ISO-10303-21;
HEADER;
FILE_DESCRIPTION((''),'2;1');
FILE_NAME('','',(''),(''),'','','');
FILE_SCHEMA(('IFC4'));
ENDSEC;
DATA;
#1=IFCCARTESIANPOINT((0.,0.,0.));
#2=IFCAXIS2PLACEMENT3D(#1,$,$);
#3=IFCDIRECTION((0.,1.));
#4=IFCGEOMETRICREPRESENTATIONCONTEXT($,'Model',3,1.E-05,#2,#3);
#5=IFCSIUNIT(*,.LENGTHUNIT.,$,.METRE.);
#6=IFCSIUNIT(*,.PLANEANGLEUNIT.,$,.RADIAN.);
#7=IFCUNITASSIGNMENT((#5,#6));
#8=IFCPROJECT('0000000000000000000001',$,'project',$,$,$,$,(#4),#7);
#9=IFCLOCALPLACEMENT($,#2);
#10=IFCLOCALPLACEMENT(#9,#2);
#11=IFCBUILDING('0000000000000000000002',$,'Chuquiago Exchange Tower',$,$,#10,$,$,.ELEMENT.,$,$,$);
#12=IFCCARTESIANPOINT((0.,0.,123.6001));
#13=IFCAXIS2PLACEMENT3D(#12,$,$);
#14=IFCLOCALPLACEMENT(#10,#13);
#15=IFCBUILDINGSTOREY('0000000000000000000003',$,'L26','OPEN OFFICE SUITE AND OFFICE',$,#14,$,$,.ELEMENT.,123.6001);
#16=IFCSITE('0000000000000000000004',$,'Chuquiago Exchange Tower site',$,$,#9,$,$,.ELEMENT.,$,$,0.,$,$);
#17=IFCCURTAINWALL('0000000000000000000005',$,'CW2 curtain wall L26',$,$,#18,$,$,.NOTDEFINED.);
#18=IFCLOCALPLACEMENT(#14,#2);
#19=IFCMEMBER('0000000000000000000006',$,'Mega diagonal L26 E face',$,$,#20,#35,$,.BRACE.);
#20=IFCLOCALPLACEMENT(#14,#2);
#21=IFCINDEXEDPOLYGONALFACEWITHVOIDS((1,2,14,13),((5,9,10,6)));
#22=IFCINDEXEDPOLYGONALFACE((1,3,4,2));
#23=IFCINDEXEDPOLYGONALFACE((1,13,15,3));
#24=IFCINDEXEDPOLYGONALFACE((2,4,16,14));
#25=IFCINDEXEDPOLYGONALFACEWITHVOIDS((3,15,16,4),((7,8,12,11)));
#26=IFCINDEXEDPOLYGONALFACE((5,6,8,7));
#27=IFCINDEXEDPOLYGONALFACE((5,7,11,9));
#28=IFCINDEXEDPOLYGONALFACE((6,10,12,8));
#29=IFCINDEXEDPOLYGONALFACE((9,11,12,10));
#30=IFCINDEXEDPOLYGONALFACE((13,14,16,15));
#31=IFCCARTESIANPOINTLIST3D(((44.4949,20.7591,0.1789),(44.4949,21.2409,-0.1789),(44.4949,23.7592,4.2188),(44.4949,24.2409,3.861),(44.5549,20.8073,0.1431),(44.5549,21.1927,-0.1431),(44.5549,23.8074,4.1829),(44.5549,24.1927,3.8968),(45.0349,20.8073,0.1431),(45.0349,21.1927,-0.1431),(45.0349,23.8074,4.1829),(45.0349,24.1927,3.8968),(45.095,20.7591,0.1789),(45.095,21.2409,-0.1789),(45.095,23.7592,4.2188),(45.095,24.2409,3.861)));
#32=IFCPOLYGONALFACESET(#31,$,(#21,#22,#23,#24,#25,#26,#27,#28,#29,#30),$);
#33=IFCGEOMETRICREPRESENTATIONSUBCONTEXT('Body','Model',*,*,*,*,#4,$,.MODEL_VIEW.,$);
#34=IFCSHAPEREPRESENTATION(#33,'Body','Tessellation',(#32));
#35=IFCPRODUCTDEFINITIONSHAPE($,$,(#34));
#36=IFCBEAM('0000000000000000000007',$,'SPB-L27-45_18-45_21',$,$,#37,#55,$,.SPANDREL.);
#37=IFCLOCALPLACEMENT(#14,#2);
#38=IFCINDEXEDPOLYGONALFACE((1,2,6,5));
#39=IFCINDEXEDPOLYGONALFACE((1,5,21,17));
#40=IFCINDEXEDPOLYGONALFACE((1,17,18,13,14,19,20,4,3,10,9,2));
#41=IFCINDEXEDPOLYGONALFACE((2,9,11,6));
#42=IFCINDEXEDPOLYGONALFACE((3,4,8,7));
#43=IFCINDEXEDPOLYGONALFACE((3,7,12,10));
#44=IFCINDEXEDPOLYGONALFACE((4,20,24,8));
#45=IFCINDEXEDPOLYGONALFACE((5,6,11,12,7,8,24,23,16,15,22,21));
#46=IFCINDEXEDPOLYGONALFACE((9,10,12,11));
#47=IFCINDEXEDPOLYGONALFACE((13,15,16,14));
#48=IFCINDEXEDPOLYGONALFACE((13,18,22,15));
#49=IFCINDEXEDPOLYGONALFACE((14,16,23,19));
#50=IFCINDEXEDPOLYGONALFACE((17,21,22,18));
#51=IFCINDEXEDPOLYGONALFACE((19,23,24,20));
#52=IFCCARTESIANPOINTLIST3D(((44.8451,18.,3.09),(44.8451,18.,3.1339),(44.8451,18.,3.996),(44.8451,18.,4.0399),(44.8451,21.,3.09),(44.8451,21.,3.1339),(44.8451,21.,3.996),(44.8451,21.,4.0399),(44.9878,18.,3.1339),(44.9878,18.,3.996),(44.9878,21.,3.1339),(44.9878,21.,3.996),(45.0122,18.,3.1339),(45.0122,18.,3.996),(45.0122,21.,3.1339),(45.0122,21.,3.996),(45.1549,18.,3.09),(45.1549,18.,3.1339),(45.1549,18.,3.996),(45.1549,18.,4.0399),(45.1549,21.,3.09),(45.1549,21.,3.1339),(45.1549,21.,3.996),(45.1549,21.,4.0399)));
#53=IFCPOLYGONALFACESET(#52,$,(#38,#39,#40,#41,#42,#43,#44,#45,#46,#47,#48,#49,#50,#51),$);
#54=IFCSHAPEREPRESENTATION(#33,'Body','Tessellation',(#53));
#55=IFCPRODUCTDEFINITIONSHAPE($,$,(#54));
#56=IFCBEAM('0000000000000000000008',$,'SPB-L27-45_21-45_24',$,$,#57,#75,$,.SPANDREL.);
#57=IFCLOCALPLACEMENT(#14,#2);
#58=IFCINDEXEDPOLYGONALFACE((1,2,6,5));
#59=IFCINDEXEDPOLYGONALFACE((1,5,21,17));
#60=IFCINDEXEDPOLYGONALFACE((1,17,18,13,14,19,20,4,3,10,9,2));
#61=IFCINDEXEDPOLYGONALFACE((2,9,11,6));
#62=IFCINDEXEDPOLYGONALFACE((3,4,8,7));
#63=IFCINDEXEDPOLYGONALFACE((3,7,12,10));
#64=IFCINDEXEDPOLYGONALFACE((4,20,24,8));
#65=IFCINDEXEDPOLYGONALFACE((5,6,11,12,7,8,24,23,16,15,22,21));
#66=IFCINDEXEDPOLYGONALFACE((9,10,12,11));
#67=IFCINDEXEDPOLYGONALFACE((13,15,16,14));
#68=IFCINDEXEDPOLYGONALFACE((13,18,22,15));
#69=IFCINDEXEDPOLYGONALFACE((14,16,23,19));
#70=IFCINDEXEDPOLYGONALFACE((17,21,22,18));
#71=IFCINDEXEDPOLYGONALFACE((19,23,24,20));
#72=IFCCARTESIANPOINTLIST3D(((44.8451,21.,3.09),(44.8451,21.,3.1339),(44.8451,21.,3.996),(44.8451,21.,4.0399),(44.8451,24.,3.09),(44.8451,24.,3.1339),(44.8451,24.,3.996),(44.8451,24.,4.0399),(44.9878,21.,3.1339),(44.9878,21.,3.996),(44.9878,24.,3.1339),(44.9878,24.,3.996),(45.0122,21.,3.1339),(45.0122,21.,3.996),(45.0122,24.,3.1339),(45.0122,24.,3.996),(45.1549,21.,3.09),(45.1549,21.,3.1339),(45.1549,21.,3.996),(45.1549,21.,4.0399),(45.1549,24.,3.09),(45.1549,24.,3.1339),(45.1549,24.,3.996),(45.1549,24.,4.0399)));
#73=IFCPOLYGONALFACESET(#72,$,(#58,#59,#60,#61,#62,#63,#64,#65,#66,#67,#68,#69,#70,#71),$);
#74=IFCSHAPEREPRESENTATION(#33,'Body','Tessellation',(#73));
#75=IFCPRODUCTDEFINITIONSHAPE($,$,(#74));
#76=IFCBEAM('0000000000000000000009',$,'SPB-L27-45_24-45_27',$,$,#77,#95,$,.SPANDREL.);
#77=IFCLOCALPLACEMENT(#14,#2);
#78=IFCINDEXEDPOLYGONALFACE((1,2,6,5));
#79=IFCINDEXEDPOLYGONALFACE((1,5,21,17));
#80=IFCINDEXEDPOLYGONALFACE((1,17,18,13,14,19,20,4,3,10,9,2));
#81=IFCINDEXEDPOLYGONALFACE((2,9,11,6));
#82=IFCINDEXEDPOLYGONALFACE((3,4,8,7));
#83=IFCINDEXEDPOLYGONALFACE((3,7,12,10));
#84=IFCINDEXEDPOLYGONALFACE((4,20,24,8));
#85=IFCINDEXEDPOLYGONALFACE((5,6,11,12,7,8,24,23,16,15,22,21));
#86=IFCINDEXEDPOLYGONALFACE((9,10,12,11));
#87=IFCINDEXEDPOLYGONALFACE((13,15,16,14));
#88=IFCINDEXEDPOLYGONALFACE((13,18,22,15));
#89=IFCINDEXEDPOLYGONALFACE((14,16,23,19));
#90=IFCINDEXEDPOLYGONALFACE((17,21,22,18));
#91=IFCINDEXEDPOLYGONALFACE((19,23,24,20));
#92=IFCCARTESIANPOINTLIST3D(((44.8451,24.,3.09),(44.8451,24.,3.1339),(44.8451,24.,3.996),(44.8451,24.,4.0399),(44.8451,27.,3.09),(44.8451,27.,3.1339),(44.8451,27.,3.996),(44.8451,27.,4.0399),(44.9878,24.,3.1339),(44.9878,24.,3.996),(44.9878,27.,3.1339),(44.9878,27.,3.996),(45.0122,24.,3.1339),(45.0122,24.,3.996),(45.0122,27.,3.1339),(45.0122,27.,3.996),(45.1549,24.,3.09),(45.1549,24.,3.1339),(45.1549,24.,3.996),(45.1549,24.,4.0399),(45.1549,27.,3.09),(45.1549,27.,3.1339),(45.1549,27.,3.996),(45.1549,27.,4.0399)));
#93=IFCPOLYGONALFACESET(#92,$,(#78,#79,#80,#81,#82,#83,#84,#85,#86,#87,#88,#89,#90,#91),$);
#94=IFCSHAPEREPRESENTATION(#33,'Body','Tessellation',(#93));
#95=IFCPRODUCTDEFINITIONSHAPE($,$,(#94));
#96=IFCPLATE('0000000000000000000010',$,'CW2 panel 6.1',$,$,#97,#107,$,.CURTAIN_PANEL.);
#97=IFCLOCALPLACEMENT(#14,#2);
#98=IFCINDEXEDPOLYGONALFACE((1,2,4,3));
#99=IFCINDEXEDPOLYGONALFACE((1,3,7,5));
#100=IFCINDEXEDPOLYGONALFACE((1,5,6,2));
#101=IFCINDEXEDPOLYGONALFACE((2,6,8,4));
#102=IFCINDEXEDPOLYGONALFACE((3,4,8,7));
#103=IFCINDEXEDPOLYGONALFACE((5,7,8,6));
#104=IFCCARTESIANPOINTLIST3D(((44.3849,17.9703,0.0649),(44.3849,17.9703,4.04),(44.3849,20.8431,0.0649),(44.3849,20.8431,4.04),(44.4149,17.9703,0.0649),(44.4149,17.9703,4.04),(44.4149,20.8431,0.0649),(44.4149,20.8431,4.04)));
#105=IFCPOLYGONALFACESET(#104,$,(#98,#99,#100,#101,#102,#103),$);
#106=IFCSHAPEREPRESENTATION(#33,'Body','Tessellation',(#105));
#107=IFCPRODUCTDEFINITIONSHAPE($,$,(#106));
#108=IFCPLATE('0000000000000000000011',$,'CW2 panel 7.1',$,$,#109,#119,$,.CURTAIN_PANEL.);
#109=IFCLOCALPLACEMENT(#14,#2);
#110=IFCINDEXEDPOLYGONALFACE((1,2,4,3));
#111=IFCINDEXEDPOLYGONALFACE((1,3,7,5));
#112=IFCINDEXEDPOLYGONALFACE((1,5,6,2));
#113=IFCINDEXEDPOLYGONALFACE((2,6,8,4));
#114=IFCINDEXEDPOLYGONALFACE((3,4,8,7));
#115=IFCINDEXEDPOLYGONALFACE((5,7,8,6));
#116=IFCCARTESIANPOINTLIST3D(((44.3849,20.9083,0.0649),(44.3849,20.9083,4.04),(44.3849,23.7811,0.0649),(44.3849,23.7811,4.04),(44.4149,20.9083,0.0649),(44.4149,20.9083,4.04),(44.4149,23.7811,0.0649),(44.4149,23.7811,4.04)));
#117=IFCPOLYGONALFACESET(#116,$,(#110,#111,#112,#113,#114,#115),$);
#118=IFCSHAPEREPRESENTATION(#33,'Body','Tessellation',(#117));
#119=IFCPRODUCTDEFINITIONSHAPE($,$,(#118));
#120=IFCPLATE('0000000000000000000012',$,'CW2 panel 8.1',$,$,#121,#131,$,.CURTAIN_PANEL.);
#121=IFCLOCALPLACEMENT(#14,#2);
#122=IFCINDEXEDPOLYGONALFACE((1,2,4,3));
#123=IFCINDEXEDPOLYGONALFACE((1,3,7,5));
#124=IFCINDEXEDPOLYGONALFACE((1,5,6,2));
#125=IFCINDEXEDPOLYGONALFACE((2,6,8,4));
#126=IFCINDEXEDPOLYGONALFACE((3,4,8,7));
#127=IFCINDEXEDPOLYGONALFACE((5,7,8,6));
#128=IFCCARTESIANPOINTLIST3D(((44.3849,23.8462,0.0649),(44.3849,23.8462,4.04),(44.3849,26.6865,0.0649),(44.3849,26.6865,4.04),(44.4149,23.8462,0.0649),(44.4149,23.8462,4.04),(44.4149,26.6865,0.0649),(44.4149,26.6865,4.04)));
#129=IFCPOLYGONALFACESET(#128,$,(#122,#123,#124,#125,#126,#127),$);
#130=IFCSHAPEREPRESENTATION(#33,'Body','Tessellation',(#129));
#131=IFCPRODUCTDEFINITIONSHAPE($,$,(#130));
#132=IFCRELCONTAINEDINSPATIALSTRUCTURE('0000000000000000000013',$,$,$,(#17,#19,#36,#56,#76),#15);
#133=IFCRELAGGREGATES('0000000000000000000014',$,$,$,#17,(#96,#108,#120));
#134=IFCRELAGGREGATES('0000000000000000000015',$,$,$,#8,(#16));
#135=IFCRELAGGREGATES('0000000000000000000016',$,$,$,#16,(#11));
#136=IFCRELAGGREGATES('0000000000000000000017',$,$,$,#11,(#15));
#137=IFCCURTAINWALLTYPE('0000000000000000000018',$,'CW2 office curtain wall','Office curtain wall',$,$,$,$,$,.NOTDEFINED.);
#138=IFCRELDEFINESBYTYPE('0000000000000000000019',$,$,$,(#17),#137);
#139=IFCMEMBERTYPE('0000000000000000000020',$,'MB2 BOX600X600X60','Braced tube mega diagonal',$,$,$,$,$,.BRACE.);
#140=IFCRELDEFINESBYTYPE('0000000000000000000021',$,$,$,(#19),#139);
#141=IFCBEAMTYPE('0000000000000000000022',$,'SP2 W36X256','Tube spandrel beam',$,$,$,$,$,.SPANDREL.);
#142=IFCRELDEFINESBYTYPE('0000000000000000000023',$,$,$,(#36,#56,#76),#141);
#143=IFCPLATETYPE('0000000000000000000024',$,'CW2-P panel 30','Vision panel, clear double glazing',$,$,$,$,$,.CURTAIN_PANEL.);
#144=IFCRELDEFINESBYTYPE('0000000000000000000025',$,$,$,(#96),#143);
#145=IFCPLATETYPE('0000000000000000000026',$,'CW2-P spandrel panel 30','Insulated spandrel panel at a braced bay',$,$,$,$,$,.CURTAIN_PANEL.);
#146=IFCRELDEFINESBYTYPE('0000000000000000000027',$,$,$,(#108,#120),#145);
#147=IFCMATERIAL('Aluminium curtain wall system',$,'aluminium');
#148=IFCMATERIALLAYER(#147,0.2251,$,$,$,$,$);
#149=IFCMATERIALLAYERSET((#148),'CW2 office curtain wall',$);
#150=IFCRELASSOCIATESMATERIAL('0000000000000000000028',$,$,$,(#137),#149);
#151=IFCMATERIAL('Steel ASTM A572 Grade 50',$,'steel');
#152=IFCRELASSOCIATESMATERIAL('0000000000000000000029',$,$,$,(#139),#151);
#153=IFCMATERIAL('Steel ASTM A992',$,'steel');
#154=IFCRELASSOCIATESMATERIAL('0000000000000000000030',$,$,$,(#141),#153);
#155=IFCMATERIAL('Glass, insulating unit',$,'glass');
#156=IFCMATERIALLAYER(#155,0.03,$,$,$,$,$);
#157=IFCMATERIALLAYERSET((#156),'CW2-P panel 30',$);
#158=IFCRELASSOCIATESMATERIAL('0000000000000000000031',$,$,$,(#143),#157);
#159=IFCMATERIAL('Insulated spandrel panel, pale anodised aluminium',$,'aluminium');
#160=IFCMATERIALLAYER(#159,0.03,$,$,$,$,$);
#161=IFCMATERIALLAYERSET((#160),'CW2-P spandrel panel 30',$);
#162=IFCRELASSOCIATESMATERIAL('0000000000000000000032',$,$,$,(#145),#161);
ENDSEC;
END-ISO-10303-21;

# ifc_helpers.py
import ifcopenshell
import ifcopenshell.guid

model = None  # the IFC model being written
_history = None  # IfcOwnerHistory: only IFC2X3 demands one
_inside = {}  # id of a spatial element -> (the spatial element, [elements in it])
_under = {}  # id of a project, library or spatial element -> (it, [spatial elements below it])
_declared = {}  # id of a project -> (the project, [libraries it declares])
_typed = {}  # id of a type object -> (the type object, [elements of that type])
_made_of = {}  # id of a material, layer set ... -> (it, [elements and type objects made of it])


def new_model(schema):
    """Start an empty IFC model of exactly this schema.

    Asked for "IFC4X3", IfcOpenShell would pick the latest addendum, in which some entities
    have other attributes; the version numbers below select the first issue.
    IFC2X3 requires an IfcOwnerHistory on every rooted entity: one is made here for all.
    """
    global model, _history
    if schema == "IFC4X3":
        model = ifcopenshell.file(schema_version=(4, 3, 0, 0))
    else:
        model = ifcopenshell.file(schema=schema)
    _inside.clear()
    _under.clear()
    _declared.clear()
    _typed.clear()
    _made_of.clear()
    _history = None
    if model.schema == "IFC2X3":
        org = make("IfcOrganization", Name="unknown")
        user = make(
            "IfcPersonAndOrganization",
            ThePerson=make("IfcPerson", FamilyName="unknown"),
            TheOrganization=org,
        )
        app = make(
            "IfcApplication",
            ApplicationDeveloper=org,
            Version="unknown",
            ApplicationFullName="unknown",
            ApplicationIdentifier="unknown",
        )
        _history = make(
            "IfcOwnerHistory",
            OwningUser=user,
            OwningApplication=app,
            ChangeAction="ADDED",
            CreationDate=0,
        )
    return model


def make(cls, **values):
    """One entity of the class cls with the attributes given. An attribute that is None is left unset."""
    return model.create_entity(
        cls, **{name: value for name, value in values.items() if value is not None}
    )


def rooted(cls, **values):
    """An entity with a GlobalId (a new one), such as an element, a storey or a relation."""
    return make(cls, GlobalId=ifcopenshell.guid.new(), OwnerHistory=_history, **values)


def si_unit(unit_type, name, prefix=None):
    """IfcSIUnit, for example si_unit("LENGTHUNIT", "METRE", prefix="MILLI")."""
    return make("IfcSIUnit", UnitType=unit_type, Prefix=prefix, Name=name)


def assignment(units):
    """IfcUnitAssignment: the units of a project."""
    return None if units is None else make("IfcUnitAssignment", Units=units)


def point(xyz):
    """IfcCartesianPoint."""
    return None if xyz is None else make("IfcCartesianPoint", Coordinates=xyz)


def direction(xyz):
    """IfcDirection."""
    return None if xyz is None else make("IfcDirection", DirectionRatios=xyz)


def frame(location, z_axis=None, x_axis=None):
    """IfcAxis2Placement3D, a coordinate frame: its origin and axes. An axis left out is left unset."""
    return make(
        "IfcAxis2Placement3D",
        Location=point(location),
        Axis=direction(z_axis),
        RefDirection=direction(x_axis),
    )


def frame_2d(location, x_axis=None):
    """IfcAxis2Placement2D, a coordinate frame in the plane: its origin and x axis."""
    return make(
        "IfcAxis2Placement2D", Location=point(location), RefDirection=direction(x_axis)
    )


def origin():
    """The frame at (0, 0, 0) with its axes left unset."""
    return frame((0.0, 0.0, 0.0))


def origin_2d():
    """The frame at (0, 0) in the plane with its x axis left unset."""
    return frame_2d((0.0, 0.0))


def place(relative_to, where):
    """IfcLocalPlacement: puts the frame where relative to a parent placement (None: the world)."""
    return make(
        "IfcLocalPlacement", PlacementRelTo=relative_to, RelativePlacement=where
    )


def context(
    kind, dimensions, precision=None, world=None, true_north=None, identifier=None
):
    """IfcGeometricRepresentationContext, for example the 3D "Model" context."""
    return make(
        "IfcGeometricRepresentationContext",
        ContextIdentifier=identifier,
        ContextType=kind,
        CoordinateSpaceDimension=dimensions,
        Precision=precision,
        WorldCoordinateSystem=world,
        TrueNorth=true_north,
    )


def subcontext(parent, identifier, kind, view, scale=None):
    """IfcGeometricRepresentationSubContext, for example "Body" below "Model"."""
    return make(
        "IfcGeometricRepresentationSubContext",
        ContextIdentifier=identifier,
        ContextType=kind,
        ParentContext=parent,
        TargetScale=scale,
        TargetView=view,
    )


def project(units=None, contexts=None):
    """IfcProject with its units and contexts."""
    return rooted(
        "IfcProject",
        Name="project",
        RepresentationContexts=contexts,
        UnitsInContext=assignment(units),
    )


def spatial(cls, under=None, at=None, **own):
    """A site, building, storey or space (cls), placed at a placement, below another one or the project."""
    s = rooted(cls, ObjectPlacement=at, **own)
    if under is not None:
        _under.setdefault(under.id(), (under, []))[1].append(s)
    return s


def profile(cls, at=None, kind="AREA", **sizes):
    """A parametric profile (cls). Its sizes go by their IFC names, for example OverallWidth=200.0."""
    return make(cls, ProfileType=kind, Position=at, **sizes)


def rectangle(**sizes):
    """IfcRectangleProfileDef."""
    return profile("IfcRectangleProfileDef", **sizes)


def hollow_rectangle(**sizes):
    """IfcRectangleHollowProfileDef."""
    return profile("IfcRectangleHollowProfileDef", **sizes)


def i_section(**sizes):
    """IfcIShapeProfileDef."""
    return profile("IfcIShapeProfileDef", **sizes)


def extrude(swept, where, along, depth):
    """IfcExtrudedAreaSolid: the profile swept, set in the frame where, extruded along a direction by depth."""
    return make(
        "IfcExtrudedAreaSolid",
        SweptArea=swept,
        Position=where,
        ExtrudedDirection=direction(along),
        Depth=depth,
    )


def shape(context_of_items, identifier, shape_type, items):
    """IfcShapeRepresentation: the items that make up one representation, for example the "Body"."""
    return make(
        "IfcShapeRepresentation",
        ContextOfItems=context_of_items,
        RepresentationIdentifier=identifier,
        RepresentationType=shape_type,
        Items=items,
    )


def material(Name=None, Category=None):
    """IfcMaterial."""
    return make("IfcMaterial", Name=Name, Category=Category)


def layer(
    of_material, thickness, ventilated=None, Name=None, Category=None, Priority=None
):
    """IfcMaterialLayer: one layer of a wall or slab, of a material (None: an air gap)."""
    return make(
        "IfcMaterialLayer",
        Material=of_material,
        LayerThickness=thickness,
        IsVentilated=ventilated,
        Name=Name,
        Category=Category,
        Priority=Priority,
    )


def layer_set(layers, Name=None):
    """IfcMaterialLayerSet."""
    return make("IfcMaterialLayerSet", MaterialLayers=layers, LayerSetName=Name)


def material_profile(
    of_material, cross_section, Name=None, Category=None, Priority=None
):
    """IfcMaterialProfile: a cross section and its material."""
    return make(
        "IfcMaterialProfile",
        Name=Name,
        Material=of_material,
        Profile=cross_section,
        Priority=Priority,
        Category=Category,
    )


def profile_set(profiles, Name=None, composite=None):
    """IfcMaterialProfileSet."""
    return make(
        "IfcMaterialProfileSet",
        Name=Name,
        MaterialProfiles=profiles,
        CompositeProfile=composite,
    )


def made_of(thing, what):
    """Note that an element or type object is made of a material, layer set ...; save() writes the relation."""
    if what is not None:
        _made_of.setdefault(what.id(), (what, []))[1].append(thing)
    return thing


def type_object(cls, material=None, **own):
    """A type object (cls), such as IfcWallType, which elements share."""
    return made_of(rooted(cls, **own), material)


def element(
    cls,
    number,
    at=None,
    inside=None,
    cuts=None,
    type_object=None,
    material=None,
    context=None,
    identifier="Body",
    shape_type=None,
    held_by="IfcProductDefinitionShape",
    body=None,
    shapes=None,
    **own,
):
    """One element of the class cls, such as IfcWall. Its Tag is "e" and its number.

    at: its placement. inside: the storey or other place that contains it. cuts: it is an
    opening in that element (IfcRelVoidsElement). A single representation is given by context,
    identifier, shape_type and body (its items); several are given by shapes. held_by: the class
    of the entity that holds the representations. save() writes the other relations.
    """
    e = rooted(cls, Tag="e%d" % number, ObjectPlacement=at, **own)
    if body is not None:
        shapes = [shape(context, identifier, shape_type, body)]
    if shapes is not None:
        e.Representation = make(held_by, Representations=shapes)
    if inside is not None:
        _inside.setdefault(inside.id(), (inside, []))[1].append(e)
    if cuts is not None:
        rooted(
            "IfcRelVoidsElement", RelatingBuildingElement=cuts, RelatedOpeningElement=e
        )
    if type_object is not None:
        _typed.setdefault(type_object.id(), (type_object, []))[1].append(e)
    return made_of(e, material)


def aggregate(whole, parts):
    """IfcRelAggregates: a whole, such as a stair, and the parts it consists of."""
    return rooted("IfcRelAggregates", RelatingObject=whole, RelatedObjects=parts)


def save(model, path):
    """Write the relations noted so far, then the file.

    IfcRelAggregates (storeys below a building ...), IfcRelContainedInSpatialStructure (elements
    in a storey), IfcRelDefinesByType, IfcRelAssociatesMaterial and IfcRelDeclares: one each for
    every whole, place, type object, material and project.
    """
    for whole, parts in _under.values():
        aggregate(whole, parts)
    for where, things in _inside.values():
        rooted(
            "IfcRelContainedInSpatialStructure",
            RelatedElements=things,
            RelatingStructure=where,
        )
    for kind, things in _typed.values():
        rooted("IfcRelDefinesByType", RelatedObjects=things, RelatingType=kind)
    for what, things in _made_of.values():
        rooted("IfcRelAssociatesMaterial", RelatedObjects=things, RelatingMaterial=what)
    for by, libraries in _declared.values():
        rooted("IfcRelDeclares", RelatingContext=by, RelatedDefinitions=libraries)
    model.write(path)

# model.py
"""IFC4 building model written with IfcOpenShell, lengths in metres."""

from ifc_helpers import new_model, si_unit, direction, frame, origin, origin_2d, place, context, subcontext, project, spatial, rectangle, hollow_rectangle, i_section, extrude, material, layer, layer_set, material_profile, profile_set, type_object, element, aggregate, save


model = new_model("IFC4")

# Units and contexts
model_context = context("Model", 3, precision=1e-05, world=origin(), true_north=direction((0.0, 1.0)))
body_context = subcontext(model_context, "Body", "Model", "MODEL_VIEW")
ifc_project = project(units=[si_unit("LENGTHUNIT", "METRE"), si_unit("PLANEANGLEUNIT", "RADIAN")], contexts=[model_context])

# Site, building, storey
site_placement = place(None, origin())
site = spatial("IfcSite", under=ifc_project, at=site_placement, Name="Chuquiago Exchange Tower site", CompositionType="ELEMENT", RefElevation=0.0)
building_placement = place(site_placement, origin())
building = spatial("IfcBuilding", under=site, at=building_placement, Name="Chuquiago Exchange Tower", CompositionType="ELEMENT")
storey_placement = place(building_placement, frame((0.0, 0.0, 123.6001)))
storey = spatial("IfcBuildingStorey", under=building, at=storey_placement, Name="L26", Description="OPEN OFFICE SUITE AND OFFICE", CompositionType="ELEMENT", Elevation=123.6001)

# Curtain wall
ifc_material_1 = material(Name="Aluminium curtain wall system", Category="aluminium")
ifc_layer_1 = layer(ifc_material_1, 0.2251)
ifc_layer_set_1 = layer_set([ifc_layer_1], Name="CW2 office curtain wall")
curtain_wall_type_1 = type_object("IfcCurtainWallType", Name="CW2 office curtain wall", Description="Office curtain wall", PredefinedType="NOTDEFINED", material=ifc_layer_set_1)
curtain_wall_1_placement = place(storey_placement, origin())
curtain_wall_1 = element("IfcCurtainWall", 1, at=curtain_wall_1_placement, inside=storey, type_object=curtain_wall_type_1, Name="CW2 curtain wall L26", PredefinedType="NOTDEFINED")

# Member
ifc_material_2 = material(Name="Steel ASTM A572 Grade 50", Category="steel")
ifc_material_profile_1 = material_profile(ifc_material_2, hollow_rectangle(XDim=0.6001, YDim=0.6001, WallThickness=0.0601, at=origin_2d()), Name="BOX600X600X60")
ifc_profile_set_1 = profile_set([ifc_material_profile_1], Name="Steel ASTM A572 Grade 50")
member_type_1 = type_object("IfcMemberType", Name="MB2 BOX600X600X60", Description="Braced tube mega diagonal", PredefinedType="BRACE", material=ifc_profile_set_1)
for number, where, z_axis, x_axis, name in (
    (2, (44.7949, 21.0, 0.0), (0.0, 0.596197, 0.802838), (-1.0, 0.0, 0.0), "Mega diagonal L26 E face"),
):
    element("IfcMember", number, at=place(storey_placement, frame(where, z_axis=z_axis, x_axis=x_axis)), inside=storey, type_object=member_type_1, Name=name, PredefinedType="BRACE", context=body_context, shape_type="SweptSolid", body=[
        extrude(hollow_rectangle(XDim=0.6001, YDim=0.6001, WallThickness=0.0601, at=origin_2d()), origin(), (0.0, 0.0, 1.0), 5.032),
    ])

# Beams
ifc_material_3 = material(Name="Steel ASTM A992", Category="steel")
ifc_material_profile_2 = material_profile(ifc_material_3, i_section(OverallWidth=0.3098, OverallDepth=0.95, WebThickness=0.0244, FlangeThickness=0.0439, at=origin_2d()), Name="W36X256")
ifc_profile_set_2 = profile_set([ifc_material_profile_2], Name="Steel ASTM A992")
beam_type = type_object("IfcBeamType", Name="SP2 W36X256", Description="Tube spandrel beam", PredefinedType="SPANDREL", material=ifc_profile_set_2)
for number, where, z_axis, x_axis, name in (
    (3, (45.0, 18.0, 3.5649), (0.0, 1.0, 0.0), (-1.0, 0.0, 0.0), "SPB-L27-45_18-45_21"),
    (4, (45.0, 21.0, 3.5649), (0.0, 1.0, 0.0), (-1.0, 0.0, 0.0), "SPB-L27-45_21-45_24"),
    (5, (45.0, 24.0, 3.5649), (0.0, 1.0, 0.0), (-1.0, 0.0, 0.0), "SPB-L27-45_24-45_27"),
):
    element("IfcBeam", number, at=place(storey_placement, frame(where, z_axis=z_axis, x_axis=x_axis)), inside=storey, type_object=beam_type, Name=name, PredefinedType="SPANDREL", context=body_context, shape_type="SweptSolid", body=[
        extrude(i_section(OverallWidth=0.3098, OverallDepth=0.95, WebThickness=0.0244, FlangeThickness=0.0439, at=origin_2d()), origin(), (0.0, 0.0, 1.0), 3.0),
    ])

# Plates
ifc_material_4 = material(Name="Glass, insulating unit", Category="glass")
ifc_layer_2 = layer(ifc_material_4, 0.03)
ifc_layer_set_2 = layer_set([ifc_layer_2], Name="CW2-P panel 30")
plate_type_1 = type_object("IfcPlateType", Name="CW2-P panel 30", Description="Vision panel, clear double glazing", PredefinedType="CURTAIN_PANEL", material=ifc_layer_set_2)
plate_1_placement = place(storey_placement, frame((44.3999, 19.4067, 0.0649), z_axis=(0.0, 0.0, 1.0), x_axis=(0.0, 1.0, 0.0)))
plate_1 = element("IfcPlate", 6, at=plate_1_placement, type_object=plate_type_1, Name="CW2 panel 6.1", PredefinedType="CURTAIN_PANEL", context=body_context, shape_type="SweptSolid", body=[
    extrude(rectangle(XDim=2.8728, YDim=0.03, at=origin_2d()), origin(), (0.0, 0.0, 1.0), 3.9751),
])
ifc_material_5 = material(Name="Insulated spandrel panel, pale anodised aluminium", Category="aluminium")
ifc_layer_3 = layer(ifc_material_5, 0.03)
ifc_layer_set_3 = layer_set([ifc_layer_3], Name="CW2-P spandrel panel 30")
plate_type_2 = type_object("IfcPlateType", Name="CW2-P spandrel panel 30", Description="Insulated spandrel panel at a braced bay", PredefinedType="CURTAIN_PANEL", material=ifc_layer_set_3)
plate_2_placement = place(storey_placement, frame((44.3999, 22.3447, 0.0649), z_axis=(0.0, 0.0, 1.0), x_axis=(0.0, 1.0, 0.0)))
plate_2 = element("IfcPlate", 7, at=plate_2_placement, type_object=plate_type_2, Name="CW2 panel 7.1", PredefinedType="CURTAIN_PANEL", context=body_context, shape_type="SweptSolid", body=[
    extrude(rectangle(XDim=2.8728, YDim=0.03, at=origin_2d()), origin(), (0.0, 0.0, 1.0), 3.9751),
])
plate_3_placement = place(storey_placement, frame((44.3999, 25.2664, 0.0649), z_axis=(0.0, 0.0, 1.0), x_axis=(0.0, 1.0, 0.0)))
plate_3 = element("IfcPlate", 8, at=plate_3_placement, type_object=plate_type_2, Name="CW2 panel 8.1", PredefinedType="CURTAIN_PANEL", context=body_context, shape_type="SweptSolid", body=[
    extrude(rectangle(XDim=2.8403, YDim=0.03, at=origin_2d()), origin(), (0.0, 0.0, 1.0), 3.9751),
])
aggregate(curtain_wall_1, [plate_1, plate_2, plate_3])

save(model, "model.ifc")
